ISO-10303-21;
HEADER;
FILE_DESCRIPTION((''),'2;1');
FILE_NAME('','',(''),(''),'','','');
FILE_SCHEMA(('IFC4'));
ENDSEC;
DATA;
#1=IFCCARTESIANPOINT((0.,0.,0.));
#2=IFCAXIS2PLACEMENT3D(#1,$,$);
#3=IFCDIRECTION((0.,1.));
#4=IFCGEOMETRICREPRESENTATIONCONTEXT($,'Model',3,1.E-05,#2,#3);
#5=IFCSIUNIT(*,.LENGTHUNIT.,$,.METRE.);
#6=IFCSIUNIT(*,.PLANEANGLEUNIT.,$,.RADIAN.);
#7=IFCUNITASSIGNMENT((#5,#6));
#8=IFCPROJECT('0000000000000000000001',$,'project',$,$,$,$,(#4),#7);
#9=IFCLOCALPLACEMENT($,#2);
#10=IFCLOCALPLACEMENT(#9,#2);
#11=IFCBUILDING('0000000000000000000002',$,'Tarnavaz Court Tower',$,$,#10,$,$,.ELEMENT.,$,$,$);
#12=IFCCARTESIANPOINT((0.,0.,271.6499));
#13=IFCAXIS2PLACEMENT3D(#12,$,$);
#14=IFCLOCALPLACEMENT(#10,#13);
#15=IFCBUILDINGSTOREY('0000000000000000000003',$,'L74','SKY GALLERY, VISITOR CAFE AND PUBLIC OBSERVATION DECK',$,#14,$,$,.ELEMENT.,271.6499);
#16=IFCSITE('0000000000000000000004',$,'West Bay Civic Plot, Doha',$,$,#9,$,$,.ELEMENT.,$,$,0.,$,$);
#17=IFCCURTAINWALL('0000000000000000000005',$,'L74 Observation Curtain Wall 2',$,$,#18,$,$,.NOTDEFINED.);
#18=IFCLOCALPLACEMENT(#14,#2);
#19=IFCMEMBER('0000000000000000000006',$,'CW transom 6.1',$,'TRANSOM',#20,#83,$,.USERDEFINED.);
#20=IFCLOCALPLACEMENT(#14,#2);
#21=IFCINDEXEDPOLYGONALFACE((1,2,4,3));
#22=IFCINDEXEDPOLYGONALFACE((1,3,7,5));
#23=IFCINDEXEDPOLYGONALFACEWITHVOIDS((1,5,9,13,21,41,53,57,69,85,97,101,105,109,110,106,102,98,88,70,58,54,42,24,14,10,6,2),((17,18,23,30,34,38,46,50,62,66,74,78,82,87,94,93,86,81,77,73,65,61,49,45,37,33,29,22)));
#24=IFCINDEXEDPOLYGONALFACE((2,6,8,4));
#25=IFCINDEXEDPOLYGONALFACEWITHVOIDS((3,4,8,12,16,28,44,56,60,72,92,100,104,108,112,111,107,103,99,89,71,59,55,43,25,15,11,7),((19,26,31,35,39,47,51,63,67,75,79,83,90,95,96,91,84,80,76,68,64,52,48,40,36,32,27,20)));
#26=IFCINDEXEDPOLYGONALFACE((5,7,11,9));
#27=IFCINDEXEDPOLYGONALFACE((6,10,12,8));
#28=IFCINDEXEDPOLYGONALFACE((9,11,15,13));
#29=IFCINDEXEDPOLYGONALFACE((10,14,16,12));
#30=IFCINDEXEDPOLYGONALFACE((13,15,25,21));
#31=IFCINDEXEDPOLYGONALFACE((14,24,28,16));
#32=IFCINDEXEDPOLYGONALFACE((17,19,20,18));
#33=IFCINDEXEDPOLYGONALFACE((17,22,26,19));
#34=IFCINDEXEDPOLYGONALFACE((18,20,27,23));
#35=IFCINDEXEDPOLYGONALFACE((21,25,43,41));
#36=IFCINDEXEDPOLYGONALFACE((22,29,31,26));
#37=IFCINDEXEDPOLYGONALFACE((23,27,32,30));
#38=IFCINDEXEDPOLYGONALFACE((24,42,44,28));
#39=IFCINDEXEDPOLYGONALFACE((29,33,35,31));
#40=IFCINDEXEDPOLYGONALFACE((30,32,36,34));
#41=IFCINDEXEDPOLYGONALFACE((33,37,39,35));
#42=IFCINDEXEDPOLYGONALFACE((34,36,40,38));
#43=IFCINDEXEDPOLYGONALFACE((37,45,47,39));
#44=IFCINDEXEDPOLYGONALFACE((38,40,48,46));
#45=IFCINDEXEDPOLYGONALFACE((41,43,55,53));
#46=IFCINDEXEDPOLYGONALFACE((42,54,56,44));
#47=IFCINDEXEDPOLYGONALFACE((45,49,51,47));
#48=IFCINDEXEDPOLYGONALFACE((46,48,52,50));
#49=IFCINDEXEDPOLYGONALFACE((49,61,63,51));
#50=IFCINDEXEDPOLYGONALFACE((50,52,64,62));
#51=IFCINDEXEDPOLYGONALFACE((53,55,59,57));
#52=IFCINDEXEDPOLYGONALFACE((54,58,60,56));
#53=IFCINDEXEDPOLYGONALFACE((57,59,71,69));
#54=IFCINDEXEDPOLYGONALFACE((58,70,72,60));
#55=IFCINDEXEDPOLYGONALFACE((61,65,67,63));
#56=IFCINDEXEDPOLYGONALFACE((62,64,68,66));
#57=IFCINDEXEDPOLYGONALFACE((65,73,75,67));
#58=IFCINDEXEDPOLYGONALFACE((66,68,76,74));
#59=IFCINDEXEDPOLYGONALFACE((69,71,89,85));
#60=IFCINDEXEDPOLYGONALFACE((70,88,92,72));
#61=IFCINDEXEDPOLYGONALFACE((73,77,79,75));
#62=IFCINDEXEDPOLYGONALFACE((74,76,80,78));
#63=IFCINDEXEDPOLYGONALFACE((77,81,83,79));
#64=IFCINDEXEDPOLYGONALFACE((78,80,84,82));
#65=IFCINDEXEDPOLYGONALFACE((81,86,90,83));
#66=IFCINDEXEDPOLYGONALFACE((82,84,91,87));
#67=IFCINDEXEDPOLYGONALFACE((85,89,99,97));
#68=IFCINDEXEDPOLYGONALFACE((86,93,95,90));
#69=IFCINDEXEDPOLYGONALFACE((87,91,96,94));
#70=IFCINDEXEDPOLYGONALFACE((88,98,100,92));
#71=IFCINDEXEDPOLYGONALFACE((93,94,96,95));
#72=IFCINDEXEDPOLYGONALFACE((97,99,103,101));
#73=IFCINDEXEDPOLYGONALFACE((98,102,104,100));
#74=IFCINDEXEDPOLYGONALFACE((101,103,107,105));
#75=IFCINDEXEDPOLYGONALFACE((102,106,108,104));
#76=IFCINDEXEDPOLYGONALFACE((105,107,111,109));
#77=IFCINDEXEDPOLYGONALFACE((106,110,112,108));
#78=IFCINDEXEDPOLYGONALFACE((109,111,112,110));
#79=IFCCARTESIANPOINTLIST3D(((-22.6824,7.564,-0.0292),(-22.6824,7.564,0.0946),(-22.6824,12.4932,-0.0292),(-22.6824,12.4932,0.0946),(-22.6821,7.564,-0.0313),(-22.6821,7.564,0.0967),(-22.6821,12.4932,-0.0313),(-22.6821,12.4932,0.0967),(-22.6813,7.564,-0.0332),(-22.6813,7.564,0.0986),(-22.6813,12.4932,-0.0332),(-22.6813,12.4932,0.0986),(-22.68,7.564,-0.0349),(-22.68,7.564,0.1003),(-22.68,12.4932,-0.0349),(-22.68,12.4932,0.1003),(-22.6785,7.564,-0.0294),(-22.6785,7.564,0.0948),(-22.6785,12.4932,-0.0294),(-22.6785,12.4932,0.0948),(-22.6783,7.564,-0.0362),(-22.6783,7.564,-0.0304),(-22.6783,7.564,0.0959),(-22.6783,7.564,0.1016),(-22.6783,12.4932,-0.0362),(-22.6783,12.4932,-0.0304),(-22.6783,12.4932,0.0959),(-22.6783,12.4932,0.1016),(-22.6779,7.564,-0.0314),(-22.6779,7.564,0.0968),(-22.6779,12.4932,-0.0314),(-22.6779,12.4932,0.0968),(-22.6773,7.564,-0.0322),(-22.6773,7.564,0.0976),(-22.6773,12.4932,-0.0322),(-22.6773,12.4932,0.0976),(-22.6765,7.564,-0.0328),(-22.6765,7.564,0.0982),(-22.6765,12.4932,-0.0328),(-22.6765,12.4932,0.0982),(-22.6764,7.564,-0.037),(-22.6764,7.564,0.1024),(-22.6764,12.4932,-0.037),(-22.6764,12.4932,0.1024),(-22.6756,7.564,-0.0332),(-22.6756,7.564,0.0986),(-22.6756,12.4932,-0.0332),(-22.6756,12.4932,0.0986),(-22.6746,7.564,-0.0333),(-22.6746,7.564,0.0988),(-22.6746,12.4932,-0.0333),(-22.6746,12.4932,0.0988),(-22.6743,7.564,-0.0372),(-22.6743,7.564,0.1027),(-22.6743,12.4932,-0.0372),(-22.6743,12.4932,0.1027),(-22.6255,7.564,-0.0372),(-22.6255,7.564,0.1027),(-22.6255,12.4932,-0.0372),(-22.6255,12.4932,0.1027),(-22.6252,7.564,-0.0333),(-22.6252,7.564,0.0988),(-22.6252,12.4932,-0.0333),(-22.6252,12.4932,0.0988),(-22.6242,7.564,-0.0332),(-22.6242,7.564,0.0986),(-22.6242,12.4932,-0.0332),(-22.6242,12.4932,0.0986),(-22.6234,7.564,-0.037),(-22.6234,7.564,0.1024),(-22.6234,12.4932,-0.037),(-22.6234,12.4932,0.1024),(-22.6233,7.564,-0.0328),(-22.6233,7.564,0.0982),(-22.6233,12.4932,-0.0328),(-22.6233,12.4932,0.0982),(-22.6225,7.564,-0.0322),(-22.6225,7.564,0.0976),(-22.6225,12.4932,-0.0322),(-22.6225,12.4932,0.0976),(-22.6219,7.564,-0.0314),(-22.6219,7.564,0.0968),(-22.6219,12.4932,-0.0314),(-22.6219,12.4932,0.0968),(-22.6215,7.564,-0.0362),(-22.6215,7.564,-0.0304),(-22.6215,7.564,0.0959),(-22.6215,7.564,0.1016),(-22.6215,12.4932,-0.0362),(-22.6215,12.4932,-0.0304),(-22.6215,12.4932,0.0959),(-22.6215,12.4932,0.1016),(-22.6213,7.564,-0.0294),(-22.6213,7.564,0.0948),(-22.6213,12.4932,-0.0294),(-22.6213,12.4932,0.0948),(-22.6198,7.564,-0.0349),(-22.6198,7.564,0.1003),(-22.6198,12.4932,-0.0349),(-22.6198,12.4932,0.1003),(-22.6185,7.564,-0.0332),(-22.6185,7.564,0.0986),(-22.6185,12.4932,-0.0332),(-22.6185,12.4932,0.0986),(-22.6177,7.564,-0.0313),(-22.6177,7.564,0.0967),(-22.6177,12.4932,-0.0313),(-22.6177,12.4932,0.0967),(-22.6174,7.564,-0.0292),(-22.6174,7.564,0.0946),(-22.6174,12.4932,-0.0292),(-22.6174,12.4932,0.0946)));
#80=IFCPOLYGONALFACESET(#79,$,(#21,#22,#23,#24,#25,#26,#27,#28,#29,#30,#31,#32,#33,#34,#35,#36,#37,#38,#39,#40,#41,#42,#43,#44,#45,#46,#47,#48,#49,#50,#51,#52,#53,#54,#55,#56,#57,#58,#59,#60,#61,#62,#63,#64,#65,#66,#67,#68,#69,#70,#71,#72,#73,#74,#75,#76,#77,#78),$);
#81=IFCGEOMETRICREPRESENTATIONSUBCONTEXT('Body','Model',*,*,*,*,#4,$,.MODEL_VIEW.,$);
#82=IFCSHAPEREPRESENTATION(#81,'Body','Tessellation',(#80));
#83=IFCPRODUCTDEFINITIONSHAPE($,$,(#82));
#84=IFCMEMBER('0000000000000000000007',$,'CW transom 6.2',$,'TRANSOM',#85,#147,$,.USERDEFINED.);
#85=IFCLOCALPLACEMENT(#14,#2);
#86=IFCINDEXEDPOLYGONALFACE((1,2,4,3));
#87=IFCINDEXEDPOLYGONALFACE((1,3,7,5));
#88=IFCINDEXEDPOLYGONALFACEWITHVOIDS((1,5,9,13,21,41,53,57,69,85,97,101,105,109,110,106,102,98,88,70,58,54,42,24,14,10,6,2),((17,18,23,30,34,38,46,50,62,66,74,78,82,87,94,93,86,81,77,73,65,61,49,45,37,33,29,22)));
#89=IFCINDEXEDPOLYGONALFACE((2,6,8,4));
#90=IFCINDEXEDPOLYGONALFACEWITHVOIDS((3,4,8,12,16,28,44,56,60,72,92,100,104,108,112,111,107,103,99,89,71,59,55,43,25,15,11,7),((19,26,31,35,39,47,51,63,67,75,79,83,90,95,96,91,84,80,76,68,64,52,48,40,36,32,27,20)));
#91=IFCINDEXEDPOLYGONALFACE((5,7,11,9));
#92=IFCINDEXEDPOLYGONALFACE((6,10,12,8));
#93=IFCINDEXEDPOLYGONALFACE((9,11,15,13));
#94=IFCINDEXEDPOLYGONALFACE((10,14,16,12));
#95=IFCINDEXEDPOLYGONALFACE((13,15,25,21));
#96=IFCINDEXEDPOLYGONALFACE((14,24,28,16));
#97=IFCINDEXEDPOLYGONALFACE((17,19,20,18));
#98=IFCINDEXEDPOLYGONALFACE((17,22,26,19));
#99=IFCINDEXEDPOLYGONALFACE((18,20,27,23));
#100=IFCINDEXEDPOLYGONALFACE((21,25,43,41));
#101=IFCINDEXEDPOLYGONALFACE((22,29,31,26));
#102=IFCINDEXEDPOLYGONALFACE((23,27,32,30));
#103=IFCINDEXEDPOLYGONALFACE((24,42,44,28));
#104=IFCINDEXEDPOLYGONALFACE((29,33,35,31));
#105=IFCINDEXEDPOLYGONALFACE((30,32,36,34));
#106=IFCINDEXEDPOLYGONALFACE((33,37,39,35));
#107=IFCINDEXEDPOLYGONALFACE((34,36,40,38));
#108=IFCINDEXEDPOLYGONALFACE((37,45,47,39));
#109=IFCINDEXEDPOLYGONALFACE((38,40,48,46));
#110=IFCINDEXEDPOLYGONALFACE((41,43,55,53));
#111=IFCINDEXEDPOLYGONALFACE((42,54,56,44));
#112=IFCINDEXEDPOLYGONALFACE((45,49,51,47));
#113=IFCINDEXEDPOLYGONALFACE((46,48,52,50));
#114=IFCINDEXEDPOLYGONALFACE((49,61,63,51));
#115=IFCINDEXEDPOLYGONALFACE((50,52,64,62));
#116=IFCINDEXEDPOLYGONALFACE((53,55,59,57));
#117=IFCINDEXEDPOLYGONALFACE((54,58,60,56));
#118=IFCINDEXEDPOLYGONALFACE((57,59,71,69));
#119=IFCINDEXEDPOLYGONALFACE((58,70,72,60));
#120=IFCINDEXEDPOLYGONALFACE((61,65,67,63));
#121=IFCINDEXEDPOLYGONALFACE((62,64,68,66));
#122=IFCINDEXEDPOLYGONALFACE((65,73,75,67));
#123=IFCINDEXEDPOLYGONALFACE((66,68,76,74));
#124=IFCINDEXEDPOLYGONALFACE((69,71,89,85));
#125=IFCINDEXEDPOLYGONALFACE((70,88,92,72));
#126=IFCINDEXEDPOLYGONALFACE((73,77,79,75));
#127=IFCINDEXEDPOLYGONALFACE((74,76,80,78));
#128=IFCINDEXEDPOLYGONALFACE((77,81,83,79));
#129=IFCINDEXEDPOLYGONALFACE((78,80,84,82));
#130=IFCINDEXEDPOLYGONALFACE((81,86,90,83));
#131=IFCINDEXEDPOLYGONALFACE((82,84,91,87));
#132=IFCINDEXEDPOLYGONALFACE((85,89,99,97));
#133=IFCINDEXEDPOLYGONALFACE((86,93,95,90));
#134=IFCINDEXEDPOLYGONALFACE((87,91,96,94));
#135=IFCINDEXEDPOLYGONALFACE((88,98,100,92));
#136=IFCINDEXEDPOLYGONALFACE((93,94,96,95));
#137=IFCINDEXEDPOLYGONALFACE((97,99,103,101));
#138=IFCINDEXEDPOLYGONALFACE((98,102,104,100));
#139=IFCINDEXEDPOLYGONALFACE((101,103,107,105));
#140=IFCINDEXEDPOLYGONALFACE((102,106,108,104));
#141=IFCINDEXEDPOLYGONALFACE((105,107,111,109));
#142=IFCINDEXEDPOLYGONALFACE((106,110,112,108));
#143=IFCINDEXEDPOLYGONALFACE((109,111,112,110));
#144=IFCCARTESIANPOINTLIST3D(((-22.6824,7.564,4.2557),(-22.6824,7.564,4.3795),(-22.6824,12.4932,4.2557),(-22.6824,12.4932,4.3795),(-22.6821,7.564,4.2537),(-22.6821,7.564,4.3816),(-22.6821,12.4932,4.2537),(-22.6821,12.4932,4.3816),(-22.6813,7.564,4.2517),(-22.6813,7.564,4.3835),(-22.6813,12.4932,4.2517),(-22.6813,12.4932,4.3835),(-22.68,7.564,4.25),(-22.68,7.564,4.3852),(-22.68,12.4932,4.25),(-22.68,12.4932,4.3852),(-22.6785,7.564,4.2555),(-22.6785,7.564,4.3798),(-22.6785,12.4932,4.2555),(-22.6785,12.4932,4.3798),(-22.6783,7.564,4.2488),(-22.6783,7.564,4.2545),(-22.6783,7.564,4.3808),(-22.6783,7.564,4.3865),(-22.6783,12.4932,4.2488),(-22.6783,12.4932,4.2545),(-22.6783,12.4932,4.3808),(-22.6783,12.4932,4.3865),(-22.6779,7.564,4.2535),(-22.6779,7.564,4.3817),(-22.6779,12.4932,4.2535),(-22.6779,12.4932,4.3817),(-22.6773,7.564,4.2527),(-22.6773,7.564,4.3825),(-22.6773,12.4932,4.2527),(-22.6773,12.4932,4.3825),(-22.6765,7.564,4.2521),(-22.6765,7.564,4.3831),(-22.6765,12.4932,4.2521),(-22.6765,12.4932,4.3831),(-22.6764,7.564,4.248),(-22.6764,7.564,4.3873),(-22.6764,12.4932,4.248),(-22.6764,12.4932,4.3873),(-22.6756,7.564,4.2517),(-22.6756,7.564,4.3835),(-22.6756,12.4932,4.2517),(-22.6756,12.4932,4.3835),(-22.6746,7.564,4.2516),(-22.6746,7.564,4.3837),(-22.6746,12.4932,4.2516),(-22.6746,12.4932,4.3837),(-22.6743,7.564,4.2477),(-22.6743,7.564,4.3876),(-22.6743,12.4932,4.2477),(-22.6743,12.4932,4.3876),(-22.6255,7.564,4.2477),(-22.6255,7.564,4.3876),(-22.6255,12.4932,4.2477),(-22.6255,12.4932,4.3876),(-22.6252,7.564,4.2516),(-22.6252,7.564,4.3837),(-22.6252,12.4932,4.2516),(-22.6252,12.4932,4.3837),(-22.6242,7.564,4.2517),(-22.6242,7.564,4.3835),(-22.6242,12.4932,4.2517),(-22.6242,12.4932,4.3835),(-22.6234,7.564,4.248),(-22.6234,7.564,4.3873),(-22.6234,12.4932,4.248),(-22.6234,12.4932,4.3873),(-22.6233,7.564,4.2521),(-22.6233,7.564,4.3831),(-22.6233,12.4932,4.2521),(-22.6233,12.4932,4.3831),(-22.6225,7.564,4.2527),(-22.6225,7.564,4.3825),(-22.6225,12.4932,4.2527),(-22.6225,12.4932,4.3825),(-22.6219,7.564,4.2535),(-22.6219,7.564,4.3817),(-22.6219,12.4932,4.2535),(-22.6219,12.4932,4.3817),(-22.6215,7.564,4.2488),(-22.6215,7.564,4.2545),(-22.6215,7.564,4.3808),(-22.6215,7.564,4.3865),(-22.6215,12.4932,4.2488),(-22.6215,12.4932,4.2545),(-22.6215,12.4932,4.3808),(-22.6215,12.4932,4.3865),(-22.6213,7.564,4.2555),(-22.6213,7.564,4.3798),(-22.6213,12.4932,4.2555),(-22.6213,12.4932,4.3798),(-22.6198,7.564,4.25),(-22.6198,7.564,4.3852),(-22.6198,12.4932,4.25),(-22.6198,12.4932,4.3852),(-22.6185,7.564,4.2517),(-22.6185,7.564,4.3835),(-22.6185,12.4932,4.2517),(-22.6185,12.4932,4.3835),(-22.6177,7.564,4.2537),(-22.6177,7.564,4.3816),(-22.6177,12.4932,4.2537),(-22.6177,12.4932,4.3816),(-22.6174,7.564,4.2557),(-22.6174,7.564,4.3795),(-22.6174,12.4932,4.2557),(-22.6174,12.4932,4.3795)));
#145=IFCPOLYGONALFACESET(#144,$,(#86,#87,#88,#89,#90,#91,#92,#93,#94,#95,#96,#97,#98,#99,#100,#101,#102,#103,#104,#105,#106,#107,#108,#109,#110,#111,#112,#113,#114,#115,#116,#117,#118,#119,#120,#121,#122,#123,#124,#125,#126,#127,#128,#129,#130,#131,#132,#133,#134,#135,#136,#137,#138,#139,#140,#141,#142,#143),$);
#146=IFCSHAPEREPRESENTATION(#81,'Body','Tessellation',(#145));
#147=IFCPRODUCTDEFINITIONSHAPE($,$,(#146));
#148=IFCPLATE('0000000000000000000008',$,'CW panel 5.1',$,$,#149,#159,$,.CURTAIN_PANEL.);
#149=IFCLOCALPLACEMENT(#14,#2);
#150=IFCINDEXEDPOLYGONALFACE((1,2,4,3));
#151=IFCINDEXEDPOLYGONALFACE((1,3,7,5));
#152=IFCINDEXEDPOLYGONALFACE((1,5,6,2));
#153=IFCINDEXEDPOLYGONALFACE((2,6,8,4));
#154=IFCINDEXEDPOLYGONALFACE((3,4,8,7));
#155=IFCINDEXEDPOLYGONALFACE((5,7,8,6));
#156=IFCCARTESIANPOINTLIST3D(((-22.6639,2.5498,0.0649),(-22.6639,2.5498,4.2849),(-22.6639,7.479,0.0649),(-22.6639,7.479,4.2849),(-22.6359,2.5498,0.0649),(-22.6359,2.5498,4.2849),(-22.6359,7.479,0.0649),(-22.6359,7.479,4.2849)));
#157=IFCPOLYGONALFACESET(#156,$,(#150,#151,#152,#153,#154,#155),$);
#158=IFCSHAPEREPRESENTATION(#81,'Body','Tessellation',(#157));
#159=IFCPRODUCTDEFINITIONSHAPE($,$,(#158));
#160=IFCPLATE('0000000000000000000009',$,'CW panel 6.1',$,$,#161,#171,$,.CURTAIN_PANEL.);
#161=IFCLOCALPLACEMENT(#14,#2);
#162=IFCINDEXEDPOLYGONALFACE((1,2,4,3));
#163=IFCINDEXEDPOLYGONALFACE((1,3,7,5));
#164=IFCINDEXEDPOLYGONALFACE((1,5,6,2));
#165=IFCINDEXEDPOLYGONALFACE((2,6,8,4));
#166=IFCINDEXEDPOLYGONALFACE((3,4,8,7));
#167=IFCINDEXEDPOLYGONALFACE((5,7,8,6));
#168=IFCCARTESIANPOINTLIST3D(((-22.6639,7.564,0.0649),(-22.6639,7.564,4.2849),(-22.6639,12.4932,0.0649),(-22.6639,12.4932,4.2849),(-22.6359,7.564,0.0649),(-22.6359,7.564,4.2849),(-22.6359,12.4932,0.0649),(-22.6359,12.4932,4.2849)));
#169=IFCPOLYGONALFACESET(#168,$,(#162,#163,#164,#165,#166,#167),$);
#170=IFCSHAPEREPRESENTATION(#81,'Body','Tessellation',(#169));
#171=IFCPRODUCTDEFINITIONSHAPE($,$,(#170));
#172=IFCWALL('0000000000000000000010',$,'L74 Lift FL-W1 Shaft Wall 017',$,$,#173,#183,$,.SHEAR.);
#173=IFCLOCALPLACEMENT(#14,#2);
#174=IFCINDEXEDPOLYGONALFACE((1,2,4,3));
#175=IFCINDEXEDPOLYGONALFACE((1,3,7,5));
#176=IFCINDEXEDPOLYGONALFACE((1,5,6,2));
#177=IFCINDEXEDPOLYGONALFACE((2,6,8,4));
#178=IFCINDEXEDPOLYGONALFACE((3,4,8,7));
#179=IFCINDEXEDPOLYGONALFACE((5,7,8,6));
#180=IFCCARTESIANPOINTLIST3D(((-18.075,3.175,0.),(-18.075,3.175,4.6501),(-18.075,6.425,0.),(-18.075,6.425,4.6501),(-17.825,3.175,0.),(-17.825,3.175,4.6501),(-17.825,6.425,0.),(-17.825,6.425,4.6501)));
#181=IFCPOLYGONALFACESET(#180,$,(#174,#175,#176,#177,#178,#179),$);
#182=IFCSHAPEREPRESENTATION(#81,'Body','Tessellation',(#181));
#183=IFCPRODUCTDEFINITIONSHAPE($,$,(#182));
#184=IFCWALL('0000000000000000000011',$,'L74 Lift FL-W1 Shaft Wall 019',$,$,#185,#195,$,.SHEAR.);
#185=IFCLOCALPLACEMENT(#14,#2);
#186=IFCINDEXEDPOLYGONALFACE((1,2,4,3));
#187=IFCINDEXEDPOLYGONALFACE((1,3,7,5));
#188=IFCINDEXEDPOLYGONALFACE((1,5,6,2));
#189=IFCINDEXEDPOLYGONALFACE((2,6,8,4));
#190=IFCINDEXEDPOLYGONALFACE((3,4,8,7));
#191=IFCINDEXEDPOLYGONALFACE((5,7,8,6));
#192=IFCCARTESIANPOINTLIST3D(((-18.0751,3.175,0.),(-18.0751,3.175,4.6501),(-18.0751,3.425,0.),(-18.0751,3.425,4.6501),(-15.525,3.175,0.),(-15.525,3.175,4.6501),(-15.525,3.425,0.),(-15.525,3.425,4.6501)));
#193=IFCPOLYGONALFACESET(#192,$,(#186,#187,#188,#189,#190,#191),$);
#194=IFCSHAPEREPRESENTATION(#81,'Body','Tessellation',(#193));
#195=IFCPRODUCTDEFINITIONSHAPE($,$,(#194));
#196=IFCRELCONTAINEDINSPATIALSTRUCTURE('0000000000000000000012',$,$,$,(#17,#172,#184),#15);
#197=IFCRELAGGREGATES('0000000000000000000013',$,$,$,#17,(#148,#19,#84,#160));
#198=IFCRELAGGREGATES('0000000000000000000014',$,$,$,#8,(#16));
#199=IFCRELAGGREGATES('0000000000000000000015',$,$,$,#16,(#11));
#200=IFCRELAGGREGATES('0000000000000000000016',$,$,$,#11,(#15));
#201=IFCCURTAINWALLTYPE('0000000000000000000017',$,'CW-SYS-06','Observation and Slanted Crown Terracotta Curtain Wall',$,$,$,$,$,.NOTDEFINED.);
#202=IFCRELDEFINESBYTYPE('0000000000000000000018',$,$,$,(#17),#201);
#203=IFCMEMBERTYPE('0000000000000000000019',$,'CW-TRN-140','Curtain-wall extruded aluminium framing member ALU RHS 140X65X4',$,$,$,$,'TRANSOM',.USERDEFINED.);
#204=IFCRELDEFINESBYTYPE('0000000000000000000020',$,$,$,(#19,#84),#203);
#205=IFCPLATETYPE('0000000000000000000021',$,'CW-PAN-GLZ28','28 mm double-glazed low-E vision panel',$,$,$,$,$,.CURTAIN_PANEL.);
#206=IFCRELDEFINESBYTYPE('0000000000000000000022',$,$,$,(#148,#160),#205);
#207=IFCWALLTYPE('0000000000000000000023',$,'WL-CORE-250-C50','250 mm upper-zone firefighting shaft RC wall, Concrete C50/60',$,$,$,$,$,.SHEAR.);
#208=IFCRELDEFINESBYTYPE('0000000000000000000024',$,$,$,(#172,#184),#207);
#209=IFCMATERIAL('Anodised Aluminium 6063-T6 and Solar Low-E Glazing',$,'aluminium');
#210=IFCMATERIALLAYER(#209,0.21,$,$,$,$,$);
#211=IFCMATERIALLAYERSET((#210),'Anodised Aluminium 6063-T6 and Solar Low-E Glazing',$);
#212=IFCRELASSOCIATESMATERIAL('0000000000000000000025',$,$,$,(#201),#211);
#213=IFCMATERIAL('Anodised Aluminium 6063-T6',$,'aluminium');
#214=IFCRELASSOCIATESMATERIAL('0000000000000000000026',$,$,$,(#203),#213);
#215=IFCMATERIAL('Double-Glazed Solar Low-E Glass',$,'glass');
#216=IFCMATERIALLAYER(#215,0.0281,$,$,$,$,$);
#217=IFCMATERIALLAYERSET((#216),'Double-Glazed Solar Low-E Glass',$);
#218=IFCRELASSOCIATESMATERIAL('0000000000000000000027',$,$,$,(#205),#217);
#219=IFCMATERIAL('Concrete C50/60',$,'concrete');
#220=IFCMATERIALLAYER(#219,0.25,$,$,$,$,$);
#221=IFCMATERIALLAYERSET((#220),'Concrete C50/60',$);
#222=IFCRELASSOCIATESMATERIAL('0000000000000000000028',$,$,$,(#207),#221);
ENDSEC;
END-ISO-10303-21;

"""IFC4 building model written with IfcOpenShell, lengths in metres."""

from ifc_helpers import new_model, si_unit, direction, frame, frame_2d, origin, origin_2d, place, context, subcontext, project, spatial, rectangle, hollow_rectangle, extrude, material, layer, layer_set, material_profile, profile_set, type_object, element, aggregate, save


model = new_model("IFC4")

# Units and contexts
model_context = context("Model", 3, precision=1e-05, world=origin(), true_north=direction((0.0, 1.0)))
body_context = subcontext(model_context, "Body", "Model", "MODEL_VIEW")
ifc_project = project(units=[si_unit("LENGTHUNIT", "METRE"), si_unit("PLANEANGLEUNIT", "RADIAN")], contexts=[model_context])

# Site, building, storey
site_placement = place(None, origin())
site = spatial("IfcSite", under=ifc_project, at=site_placement, Name="West Bay Civic Plot, Doha", CompositionType="ELEMENT", RefElevation=0.0)
building_placement = place(site_placement, origin())
building = spatial("IfcBuilding", under=site, at=building_placement, Name="Tarnavaz Court Tower", CompositionType="ELEMENT")
storey_placement = place(building_placement, frame((0.0, 0.0, 271.6499)))
storey = spatial("IfcBuildingStorey", under=building, at=storey_placement, Name="L74", Description="SKY GALLERY, VISITOR CAFE AND PUBLIC OBSERVATION DECK", CompositionType="ELEMENT", Elevation=271.6499)

# Shared definitions
ifc_material_1 = material(Name="Concrete C50/60", Category="concrete")

# Curtain wall, members, plates
ifc_material_2 = material(Name="Anodised Aluminium 6063-T6 and Solar Low-E Glazing", Category="aluminium")
ifc_layer_1 = layer(ifc_material_2, 0.21)
ifc_layer_set_1 = layer_set([ifc_layer_1], Name="Anodised Aluminium 6063-T6 and Solar Low-E Glazing")
curtain_wall_type = type_object("IfcCurtainWallType", Name="CW-SYS-06", Description="Observation and Slanted Crown Terracotta Curtain Wall", PredefinedType="NOTDEFINED", material=ifc_layer_set_1)
curtain_wall_placement = place(storey_placement, origin())
curtain_wall = element("IfcCurtainWall", 1, at=curtain_wall_placement, inside=storey, type_object=curtain_wall_type, Name="L74 Observation Curtain Wall 2", PredefinedType="NOTDEFINED")
ifc_material_3 = material(Name="Anodised Aluminium 6063-T6", Category="aluminium")
ifc_material_profile_1 = material_profile(ifc_material_3, hollow_rectangle(XDim=0.0649, YDim=0.1399, WallThickness=0.0039, InnerFilletRadius=0.0039, OuterFilletRadius=0.0081, at=origin_2d()), Name="ALU RHS 140X65X4")
ifc_profile_set_1 = profile_set([ifc_material_profile_1], Name="Anodised Aluminium 6063-T6")
member_type_1 = type_object("IfcMemberType", Name="CW-TRN-140", Description="Curtain-wall extruded aluminium framing member ALU RHS 140X65X4", ElementType="TRANSOM", PredefinedType="USERDEFINED", material=ifc_profile_set_1)
member_1_placement = place(storey_placement, frame((-22.6499, 7.564, 0.0327), z_axis=(0.0, 1.0, 0.0), x_axis=(-1.0, 0.0, 0.0)))
member_1 = element("IfcMember", 2, at=member_1_placement, type_object=member_type_1, Name="CW transom 6.1", ObjectType="TRANSOM", PredefinedType="USERDEFINED", context=body_context, shape_type="SweptSolid", body=[
    extrude(hollow_rectangle(XDim=0.0649, YDim=0.1399, WallThickness=0.0039, InnerFilletRadius=0.0039, OuterFilletRadius=0.0081, at=origin_2d()), origin(), (0.0, 0.0, 1.0), 4.9292),
])
member_2_placement = place(storey_placement, frame((-22.6499, 7.564, 4.3176), z_axis=(0.0, 1.0, 0.0), x_axis=(-1.0, 0.0, 0.0)))
member_2 = element("IfcMember", 3, at=member_2_placement, type_object=member_type_1, Name="CW transom 6.2", ObjectType="TRANSOM", PredefinedType="USERDEFINED", context=body_context, shape_type="SweptSolid", body=[
    extrude(hollow_rectangle(XDim=0.0649, YDim=0.1399, WallThickness=0.0039, InnerFilletRadius=0.0039, OuterFilletRadius=0.0081, at=origin_2d()), origin(), (0.0, 0.0, 1.0), 4.9292),
])
ifc_material_4 = material(Name="Double-Glazed Solar Low-E Glass", Category="glass")
ifc_layer_2 = layer(ifc_material_4, 0.0281)
ifc_layer_set_2 = layer_set([ifc_layer_2], Name="Double-Glazed Solar Low-E Glass")
plate_type = type_object("IfcPlateType", Name="CW-PAN-GLZ28", Description="28 mm double-glazed low-E vision panel", PredefinedType="CURTAIN_PANEL", material=ifc_layer_set_2)
plate_1_placement = place(storey_placement, frame((-22.6499, 5.0144, 0.0649), z_axis=(0.0, 0.0, 1.0), x_axis=(0.0, 1.0, 0.0)))
plate_1 = element("IfcPlate", 4, at=plate_1_placement, type_object=plate_type, Name="CW panel 5.1", PredefinedType="CURTAIN_PANEL", context=body_context, shape_type="SweptSolid", body=[
    extrude(rectangle(XDim=4.9292, YDim=0.0281, at=origin_2d()), origin(), (0.0, 0.0, 1.0), 4.22),
])
plate_2_placement = place(storey_placement, frame((-22.6499, 10.0286, 0.0649), z_axis=(0.0, 0.0, 1.0), x_axis=(0.0, 1.0, 0.0)))
plate_2 = element("IfcPlate", 5, at=plate_2_placement, type_object=plate_type, Name="CW panel 6.1", PredefinedType="CURTAIN_PANEL", context=body_context, shape_type="SweptSolid", body=[
    extrude(rectangle(XDim=4.9292, YDim=0.0281, at=origin_2d()), origin(), (0.0, 0.0, 1.0), 4.22),
])
aggregate(curtain_wall, [plate_1, member_1, member_2, plate_2])

# Walls
ifc_layer_3 = layer(ifc_material_1, 0.25)
ifc_layer_set_3 = layer_set([ifc_layer_3], Name="Concrete C50/60")
wall_type_1 = type_object("IfcWallType", Name="WL-CORE-250-C50", Description="250 mm upper-zone firefighting shaft RC wall, Concrete C50/60", PredefinedType="SHEAR", material=ifc_layer_set_3)
wall_1_placement = place(storey_placement, frame((-17.95, 3.175, 0.0), z_axis=(0.0, 0.0, 1.0), x_axis=(0.0, 1.0, 0.0)))
element("IfcWall", 6, at=wall_1_placement, inside=storey, type_object=wall_type_1, Name="L74 Lift FL-W1 Shaft Wall 017", PredefinedType="SHEAR", context=body_context, shape_type="SweptSolid", body=[
    extrude(rectangle(XDim=3.25, YDim=0.25, at=frame_2d((1.625, 0.0))), origin(), (0.0, 0.0, 1.0), 4.6501),
])
for number, where, z_axis, x_axis, name in (
    (7, (-18.075, 3.3, 0.0), (0.0, 0.0, 1.0), (1.0, 0.0, 0.0), "L74 Lift FL-W1 Shaft Wall 019"),
):
    element("IfcWall", number, at=place(storey_placement, frame(where, z_axis=z_axis, x_axis=x_axis)), inside=storey, type_object=wall_type_1, Name=name, PredefinedType="SHEAR", context=body_context, shape_type="SweptSolid", body=[
        extrude(rectangle(XDim=2.55, YDim=0.25, at=frame_2d((1.2749, 0.0))), origin(), (0.0, 0.0, 1.0), 4.6501),
    ])

save(model, "model.ifc")
